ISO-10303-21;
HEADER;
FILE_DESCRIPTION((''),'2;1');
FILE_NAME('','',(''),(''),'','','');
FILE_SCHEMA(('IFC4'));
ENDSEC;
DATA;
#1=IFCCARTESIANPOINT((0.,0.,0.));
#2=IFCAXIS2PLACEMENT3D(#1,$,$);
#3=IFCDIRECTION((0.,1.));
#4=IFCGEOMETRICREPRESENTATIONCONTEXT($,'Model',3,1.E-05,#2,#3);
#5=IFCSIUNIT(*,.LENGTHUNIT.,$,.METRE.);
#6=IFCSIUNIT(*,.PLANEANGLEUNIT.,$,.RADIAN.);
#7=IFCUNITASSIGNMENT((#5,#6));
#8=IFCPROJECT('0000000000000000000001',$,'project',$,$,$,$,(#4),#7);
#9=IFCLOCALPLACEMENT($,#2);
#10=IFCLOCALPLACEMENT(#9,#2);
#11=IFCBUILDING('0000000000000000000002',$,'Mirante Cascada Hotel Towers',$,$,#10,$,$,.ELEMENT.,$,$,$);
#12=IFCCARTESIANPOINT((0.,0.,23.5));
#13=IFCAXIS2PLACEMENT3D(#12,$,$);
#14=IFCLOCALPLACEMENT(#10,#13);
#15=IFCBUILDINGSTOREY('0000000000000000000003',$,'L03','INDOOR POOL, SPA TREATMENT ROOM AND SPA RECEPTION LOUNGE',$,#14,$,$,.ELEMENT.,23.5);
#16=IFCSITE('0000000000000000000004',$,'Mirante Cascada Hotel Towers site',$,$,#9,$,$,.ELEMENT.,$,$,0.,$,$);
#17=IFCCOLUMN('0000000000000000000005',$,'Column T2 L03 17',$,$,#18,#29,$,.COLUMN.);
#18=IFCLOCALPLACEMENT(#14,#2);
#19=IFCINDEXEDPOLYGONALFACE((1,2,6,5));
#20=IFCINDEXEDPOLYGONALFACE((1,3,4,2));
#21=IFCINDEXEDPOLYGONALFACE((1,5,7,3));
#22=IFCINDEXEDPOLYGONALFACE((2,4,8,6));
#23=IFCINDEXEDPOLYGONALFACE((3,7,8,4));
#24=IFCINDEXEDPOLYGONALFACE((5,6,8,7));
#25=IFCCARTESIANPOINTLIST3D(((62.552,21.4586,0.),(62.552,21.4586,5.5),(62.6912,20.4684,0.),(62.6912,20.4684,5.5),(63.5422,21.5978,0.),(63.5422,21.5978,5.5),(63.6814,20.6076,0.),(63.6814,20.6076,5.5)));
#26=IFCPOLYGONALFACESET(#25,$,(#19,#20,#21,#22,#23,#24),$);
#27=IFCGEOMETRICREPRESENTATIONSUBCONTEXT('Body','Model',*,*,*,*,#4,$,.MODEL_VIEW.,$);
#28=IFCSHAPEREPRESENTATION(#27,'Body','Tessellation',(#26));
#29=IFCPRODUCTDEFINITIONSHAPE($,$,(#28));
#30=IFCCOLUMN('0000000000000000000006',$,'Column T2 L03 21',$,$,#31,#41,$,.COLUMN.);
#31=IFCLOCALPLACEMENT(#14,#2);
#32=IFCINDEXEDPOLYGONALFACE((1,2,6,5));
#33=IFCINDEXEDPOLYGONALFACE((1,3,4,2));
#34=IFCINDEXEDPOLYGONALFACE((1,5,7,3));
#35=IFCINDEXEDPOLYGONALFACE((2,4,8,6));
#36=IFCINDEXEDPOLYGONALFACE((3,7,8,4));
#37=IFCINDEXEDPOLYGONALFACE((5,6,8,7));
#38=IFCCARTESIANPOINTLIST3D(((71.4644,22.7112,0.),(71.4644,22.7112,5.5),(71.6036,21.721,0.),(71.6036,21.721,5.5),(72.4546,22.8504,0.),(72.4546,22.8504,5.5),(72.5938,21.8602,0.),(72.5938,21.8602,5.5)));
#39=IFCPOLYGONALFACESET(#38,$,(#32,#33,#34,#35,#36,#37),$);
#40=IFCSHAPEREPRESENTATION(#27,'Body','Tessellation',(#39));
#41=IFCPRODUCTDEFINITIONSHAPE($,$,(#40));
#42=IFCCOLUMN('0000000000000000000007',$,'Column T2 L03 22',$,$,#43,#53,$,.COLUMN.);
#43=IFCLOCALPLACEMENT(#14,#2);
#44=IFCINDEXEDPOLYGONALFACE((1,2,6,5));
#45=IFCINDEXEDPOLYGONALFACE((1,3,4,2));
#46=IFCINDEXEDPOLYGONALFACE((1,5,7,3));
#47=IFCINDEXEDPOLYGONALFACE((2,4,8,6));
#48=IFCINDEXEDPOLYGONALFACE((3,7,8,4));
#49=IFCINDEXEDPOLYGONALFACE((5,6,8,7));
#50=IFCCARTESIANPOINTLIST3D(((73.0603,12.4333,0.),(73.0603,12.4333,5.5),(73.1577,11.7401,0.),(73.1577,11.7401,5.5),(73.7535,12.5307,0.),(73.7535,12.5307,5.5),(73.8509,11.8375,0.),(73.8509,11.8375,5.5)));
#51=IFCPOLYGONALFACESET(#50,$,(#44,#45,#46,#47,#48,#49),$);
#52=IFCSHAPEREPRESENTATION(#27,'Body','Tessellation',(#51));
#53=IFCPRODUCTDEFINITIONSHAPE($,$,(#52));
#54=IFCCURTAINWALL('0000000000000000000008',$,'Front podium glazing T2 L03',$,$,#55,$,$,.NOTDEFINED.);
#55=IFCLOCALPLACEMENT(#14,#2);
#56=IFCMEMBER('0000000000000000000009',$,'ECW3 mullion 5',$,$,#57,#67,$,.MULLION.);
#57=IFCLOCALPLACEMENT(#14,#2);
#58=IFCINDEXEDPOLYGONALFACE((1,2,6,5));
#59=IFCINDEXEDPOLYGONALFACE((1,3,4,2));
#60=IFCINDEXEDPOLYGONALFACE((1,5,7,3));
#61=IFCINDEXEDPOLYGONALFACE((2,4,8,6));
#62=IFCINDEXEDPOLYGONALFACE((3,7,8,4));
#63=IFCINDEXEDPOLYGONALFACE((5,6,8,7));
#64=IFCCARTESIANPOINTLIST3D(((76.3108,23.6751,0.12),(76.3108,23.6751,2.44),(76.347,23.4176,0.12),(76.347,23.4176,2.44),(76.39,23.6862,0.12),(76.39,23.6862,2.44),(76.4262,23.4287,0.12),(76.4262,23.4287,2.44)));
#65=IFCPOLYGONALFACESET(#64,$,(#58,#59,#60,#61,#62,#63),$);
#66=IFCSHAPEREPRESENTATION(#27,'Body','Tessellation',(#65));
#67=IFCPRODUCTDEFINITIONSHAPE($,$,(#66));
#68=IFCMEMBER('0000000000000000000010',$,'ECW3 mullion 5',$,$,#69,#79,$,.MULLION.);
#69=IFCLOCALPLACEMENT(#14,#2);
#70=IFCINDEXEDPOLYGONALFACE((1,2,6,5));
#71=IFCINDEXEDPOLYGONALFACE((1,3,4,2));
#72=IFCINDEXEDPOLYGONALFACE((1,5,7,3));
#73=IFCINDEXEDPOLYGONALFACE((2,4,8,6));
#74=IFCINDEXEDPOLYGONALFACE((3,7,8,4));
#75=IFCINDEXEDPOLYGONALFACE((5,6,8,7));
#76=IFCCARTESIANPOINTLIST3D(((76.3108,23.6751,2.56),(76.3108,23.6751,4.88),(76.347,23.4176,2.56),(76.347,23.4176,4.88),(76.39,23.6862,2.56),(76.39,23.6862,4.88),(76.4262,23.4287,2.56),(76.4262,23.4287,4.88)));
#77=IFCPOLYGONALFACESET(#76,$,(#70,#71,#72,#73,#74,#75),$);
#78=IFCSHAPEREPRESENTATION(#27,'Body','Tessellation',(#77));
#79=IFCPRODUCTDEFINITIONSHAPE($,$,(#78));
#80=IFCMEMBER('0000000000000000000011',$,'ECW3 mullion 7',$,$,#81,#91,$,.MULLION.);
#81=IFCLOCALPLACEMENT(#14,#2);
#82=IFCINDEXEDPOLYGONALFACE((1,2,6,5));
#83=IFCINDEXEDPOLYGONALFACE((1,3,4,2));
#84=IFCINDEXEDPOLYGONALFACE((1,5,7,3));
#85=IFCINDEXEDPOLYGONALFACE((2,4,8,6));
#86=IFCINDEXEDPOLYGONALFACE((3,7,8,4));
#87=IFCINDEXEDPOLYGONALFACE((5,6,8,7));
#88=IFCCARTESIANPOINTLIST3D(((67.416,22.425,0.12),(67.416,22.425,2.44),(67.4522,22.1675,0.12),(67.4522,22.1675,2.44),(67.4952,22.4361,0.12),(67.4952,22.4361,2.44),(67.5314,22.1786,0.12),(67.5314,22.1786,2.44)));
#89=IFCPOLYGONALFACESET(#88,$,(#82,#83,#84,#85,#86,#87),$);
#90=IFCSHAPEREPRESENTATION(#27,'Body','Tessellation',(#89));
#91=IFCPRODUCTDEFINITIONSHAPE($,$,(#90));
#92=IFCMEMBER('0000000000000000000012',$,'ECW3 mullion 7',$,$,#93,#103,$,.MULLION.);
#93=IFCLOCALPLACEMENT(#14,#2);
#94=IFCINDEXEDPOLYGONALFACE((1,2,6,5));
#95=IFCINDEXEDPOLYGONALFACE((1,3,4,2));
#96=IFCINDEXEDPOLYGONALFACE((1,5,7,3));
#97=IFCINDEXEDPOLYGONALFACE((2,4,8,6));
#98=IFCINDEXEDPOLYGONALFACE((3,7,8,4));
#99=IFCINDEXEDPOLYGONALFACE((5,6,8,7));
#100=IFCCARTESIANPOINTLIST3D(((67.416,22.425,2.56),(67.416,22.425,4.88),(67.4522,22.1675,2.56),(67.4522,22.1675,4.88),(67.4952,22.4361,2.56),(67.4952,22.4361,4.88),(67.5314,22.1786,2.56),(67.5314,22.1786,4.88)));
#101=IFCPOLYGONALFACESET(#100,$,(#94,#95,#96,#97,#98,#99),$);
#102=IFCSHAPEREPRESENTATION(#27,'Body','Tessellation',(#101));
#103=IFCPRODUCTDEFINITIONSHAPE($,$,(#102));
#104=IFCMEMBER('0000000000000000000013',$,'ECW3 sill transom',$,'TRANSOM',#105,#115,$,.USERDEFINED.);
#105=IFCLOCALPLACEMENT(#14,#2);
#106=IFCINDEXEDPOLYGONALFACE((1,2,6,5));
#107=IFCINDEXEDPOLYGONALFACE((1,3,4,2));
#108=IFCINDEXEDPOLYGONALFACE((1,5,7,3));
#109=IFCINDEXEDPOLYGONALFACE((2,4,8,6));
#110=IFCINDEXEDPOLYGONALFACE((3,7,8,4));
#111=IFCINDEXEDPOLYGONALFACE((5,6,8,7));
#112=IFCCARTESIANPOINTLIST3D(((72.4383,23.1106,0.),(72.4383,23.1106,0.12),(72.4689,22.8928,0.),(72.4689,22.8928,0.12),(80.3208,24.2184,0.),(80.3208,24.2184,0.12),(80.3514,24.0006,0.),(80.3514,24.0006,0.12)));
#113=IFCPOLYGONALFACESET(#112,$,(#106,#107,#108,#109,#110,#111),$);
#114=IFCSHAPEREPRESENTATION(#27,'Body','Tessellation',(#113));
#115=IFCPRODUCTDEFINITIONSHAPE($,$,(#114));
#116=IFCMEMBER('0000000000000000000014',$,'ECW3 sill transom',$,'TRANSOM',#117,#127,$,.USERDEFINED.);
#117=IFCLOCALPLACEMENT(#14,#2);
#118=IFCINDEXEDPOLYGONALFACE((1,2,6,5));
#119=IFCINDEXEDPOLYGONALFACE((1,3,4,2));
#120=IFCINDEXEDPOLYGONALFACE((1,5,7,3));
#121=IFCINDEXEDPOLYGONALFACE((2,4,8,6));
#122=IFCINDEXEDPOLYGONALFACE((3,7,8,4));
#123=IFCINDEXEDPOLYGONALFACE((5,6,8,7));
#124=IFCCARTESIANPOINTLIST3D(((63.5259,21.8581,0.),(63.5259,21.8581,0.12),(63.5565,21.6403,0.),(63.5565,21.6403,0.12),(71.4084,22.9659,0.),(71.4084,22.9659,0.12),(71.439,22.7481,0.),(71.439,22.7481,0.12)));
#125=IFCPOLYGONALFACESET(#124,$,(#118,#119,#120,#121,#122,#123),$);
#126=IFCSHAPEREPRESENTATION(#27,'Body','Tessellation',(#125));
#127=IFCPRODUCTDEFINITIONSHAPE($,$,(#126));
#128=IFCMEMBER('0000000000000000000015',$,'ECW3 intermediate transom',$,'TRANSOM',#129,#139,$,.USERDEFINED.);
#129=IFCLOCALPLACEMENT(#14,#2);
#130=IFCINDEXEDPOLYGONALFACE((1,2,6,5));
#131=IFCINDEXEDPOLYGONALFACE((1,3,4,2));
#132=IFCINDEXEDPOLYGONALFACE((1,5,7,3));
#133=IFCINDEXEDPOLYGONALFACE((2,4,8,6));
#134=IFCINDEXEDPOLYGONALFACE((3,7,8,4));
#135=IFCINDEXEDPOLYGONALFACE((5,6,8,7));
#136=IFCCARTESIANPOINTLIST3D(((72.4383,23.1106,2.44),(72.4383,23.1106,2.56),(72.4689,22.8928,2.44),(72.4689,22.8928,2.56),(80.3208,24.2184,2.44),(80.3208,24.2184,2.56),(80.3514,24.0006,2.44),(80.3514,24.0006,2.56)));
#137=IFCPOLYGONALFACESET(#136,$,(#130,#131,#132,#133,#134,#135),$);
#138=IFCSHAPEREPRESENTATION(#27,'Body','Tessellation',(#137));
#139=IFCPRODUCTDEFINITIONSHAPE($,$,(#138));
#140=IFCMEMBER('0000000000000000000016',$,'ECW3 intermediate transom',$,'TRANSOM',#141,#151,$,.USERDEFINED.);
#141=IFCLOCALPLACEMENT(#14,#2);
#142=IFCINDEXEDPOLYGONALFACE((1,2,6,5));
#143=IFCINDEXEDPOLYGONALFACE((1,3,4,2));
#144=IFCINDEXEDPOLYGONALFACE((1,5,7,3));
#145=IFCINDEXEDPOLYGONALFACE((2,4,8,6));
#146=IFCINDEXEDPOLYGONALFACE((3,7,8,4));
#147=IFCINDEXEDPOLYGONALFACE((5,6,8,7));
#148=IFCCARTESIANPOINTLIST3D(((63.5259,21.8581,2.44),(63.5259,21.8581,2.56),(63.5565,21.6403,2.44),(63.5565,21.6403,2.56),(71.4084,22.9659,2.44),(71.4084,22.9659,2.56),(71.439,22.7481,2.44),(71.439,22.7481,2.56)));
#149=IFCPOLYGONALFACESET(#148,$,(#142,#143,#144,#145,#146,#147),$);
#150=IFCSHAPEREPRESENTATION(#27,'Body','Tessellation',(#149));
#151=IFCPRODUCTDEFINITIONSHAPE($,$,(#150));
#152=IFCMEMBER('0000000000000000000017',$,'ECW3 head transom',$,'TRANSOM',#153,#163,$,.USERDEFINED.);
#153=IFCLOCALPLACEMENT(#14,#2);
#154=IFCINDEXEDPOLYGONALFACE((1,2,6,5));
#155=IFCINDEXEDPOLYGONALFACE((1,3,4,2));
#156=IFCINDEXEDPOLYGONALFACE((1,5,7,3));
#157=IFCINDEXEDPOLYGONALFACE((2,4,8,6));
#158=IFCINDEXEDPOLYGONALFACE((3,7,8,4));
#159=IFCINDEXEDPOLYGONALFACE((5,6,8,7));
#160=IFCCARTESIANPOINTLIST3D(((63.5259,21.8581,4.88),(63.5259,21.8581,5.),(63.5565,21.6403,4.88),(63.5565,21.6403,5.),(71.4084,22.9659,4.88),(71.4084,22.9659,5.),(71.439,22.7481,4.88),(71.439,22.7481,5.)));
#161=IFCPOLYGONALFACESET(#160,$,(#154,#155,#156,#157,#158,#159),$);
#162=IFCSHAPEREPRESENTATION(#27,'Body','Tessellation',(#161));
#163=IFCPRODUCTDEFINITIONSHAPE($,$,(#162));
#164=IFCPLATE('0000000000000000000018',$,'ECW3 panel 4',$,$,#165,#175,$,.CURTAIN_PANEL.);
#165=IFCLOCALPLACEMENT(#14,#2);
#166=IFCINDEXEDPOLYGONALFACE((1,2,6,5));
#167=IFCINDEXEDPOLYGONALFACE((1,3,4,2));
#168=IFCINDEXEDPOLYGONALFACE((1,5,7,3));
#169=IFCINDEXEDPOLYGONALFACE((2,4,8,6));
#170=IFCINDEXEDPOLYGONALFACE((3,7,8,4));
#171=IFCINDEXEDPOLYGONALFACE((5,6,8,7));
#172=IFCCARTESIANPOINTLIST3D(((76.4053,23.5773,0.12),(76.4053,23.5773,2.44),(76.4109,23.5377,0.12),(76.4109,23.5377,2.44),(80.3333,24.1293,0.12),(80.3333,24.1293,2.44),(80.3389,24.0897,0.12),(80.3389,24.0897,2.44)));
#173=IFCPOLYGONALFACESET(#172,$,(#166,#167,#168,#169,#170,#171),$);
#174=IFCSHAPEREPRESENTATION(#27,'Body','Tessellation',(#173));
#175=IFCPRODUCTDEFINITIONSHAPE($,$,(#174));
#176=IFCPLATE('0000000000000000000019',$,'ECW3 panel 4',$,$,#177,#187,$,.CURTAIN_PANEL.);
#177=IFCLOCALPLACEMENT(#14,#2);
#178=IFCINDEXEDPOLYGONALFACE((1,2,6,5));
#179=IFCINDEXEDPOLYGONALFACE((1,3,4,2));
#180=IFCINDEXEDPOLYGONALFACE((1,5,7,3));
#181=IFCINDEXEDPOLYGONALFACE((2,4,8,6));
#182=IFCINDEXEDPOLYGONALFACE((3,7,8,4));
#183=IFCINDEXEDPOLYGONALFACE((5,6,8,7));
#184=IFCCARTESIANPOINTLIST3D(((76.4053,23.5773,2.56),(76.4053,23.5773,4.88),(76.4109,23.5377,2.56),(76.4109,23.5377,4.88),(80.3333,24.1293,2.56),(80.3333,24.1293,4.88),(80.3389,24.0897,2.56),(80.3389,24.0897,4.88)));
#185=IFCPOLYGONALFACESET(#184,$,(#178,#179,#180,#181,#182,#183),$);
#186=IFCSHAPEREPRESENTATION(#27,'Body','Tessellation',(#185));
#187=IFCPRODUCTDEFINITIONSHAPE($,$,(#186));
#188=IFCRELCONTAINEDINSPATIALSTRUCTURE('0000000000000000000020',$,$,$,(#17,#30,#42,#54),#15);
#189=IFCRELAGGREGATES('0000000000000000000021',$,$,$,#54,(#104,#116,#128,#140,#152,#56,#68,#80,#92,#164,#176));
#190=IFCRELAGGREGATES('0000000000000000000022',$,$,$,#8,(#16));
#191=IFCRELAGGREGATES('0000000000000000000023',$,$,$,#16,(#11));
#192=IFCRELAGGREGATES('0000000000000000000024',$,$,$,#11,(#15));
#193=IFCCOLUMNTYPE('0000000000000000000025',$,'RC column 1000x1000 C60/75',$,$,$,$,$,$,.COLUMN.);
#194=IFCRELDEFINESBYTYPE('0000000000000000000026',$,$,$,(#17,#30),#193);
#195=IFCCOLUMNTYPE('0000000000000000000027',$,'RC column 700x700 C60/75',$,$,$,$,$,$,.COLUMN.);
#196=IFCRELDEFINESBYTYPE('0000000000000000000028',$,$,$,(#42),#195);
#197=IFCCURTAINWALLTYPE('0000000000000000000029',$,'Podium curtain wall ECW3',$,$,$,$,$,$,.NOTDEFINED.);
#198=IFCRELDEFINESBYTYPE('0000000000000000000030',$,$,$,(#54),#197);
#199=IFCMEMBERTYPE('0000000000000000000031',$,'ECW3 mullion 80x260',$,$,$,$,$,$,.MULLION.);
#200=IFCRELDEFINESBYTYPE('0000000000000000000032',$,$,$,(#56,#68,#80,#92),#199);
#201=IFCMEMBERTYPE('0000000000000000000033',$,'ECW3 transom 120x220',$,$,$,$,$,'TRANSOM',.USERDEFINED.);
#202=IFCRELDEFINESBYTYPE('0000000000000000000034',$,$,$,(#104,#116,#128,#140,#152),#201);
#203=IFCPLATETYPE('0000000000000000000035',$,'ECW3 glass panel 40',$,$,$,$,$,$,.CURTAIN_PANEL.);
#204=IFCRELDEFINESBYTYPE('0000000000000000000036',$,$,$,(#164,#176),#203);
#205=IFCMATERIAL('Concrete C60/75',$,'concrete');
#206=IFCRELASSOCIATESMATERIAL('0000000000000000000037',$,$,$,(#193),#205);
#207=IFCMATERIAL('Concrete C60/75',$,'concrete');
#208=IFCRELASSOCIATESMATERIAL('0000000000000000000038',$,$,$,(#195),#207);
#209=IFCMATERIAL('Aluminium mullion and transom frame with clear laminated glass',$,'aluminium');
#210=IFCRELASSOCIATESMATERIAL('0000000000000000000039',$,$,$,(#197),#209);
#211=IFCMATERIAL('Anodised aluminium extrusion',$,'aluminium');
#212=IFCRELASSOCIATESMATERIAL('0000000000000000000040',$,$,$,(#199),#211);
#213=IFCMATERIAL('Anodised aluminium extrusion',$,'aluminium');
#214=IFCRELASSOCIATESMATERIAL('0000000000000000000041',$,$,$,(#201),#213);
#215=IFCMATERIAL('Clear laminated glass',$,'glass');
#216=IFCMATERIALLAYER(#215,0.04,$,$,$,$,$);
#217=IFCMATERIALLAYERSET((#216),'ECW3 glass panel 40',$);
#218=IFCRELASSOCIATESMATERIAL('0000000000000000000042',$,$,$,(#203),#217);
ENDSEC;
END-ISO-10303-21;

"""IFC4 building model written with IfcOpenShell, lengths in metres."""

from ifc_helpers import new_model, si_unit, direction, frame, origin, origin_2d, place, context, subcontext, project, spatial, rectangle, extrude, material, layer, layer_set, material_profile, profile_set, type_object, element, aggregate, save


model = new_model("IFC4")

# Units and contexts
model_context = context("Model", 3, precision=1e-05, world=origin(), true_north=direction((0.0, 1.0)))
body_context = subcontext(model_context, "Body", "Model", "MODEL_VIEW")
ifc_project = project(units=[si_unit("LENGTHUNIT", "METRE"), si_unit("PLANEANGLEUNIT", "RADIAN")], contexts=[model_context])

# Site, building, storey
site_placement = place(None, origin())
site = spatial("IfcSite", under=ifc_project, at=site_placement, Name="Mirante Cascada Hotel Towers site", CompositionType="ELEMENT", RefElevation=0.0)
building_placement = place(site_placement, origin())
building = spatial("IfcBuilding", under=site, at=building_placement, Name="Mirante Cascada Hotel Towers", CompositionType="ELEMENT")
storey_placement = place(building_placement, frame((0.0, 0.0, 23.5)))
storey = spatial("IfcBuildingStorey", under=building, at=storey_placement, Name="L03", Description="INDOOR POOL, SPA TREATMENT ROOM AND SPA RECEPTION LOUNGE", CompositionType="ELEMENT", Elevation=23.5)

# Columns
ifc_material_1 = material(Name="Concrete C60/75", Category="concrete")
ifc_material_profile_1 = material_profile(ifc_material_1, rectangle(XDim=1.0, YDim=1.0, at=origin_2d()), Name="RC column 1000x1000 C60/75")
ifc_profile_set_1 = profile_set([ifc_material_profile_1], Name="Concrete C60/75")
column_type_1 = type_object("IfcColumnType", Name="RC column 1000x1000 C60/75", PredefinedType="COLUMN", material=ifc_profile_set_1)
for number, where, z_axis, x_axis, name in (
    (1, (63.1167, 21.0331, 0.0), (0.0, 0.0, 1.0), (0.990268, 0.139173, 0.0), "Column T2 L03 17"),
    (2, (72.0291, 22.2857, 0.0), (0.0, 0.0, 1.0), (0.990268, 0.139173, 0.0), "Column T2 L03 21"),
):
    element("IfcColumn", number, at=place(storey_placement, frame(where, z_axis=z_axis, x_axis=x_axis)), inside=storey, type_object=column_type_1, Name=name, PredefinedType="COLUMN", context=body_context, shape_type="SweptSolid", body=[
        extrude(rectangle(XDim=1.0, YDim=1.0, at=origin_2d()), origin(), (0.0, 0.0, 1.0), 5.5),
    ])
ifc_material_2 = material(Name="Concrete C60/75", Category="concrete")
ifc_material_profile_2 = material_profile(ifc_material_2, rectangle(XDim=0.7, YDim=0.7, at=origin_2d()), Name="RC column 700x700 C60/75")
ifc_profile_set_2 = profile_set([ifc_material_profile_2], Name="Concrete C60/75")
column_type_2 = type_object("IfcColumnType", Name="RC column 700x700 C60/75", PredefinedType="COLUMN", material=ifc_profile_set_2)
column_placement = place(storey_placement, frame((73.4556, 12.1354, 0.0), z_axis=(0.0, 0.0, 1.0), x_axis=(0.990268, 0.139173, 0.0)))
element("IfcColumn", 3, at=column_placement, inside=storey, type_object=column_type_2, Name="Column T2 L03 22", PredefinedType="COLUMN", context=body_context, shape_type="SweptSolid", body=[
    extrude(rectangle(XDim=0.7, YDim=0.7, at=origin_2d()), origin(), (0.0, 0.0, 1.0), 5.5),
])

# Curtain wall, members, plates
ifc_material_3 = material(Name="Aluminium mullion and transom frame with clear laminated glass", Category="aluminium")
curtain_wall_type = type_object("IfcCurtainWallType", Name="Podium curtain wall ECW3", PredefinedType="NOTDEFINED", material=ifc_material_3)
curtain_wall_placement = place(storey_placement, origin())
curtain_wall = element("IfcCurtainWall", 4, at=curtain_wall_placement, inside=storey, type_object=curtain_wall_type, Name="Front podium glazing T2 L03", PredefinedType="NOTDEFINED")
ifc_material_4 = material(Name="Anodised aluminium extrusion", Category="aluminium")
ifc_material_profile_3 = material_profile(ifc_material_4, rectangle(XDim=0.26, YDim=0.08, at=origin_2d()), Name="ECW3 MULLION 80x260")
ifc_profile_set_3 = profile_set([ifc_material_profile_3], Name="Anodised aluminium extrusion")
member_type_1 = type_object("IfcMemberType", Name="ECW3 mullion 80x260", PredefinedType="MULLION", material=ifc_profile_set_3)
member_1_placement = place(storey_placement, frame((76.3685, 23.5519, 0.12), z_axis=(0.0, 0.0, 1.0), x_axis=(0.139173, -0.990268, 0.0)))
member_1 = element("IfcMember", 5, at=member_1_placement, type_object=member_type_1, Name="ECW3 mullion 5", PredefinedType="MULLION", context=body_context, shape_type="SweptSolid", body=[
    extrude(rectangle(XDim=0.26, YDim=0.08, at=origin_2d()), origin(), (0.0, 0.0, 1.0), 2.32),
])
member_2_placement = place(storey_placement, frame((76.3685, 23.5519, 2.56), z_axis=(0.0, 0.0, 1.0), x_axis=(0.139173, -0.990268, 0.0)))
member_2 = element("IfcMember", 6, at=member_2_placement, type_object=member_type_1, Name="ECW3 mullion 5", PredefinedType="MULLION", context=body_context, shape_type="SweptSolid", body=[
    extrude(rectangle(XDim=0.26, YDim=0.08, at=origin_2d()), origin(), (0.0, 0.0, 1.0), 2.32),
])
member_3_placement = place(storey_placement, frame((67.4737, 22.3018, 0.12), z_axis=(0.0, 0.0, 1.0), x_axis=(0.139173, -0.990268, 0.0)))
member_3 = element("IfcMember", 7, at=member_3_placement, type_object=member_type_1, Name="ECW3 mullion 7", PredefinedType="MULLION", context=body_context, shape_type="SweptSolid", body=[
    extrude(rectangle(XDim=0.26, YDim=0.08, at=origin_2d()), origin(), (0.0, 0.0, 1.0), 2.32),
])
member_4_placement = place(storey_placement, frame((67.4737, 22.3018, 2.56), z_axis=(0.0, 0.0, 1.0), x_axis=(0.139173, -0.990268, 0.0)))
member_4 = element("IfcMember", 8, at=member_4_placement, type_object=member_type_1, Name="ECW3 mullion 7", PredefinedType="MULLION", context=body_context, shape_type="SweptSolid", body=[
    extrude(rectangle(XDim=0.26, YDim=0.08, at=origin_2d()), origin(), (0.0, 0.0, 1.0), 2.32),
])
ifc_material_5 = material(Name="Anodised aluminium extrusion", Category="aluminium")
ifc_material_profile_4 = material_profile(ifc_material_5, rectangle(XDim=0.22, YDim=0.12, at=origin_2d()), Name="ECW3 TRANSOM 120x220")
ifc_profile_set_4 = profile_set([ifc_material_profile_4], Name="Anodised aluminium extrusion")
member_type_2 = type_object("IfcMemberType", Name="ECW3 transom 120x220", ElementType="TRANSOM", PredefinedType="USERDEFINED", material=ifc_profile_set_4)
member_5_placement = place(storey_placement, frame((80.3361, 24.1095, 0.06), z_axis=(-0.990268, -0.139172, 0.0), x_axis=(0.139172, -0.990268, 0.0)))
member_5 = element("IfcMember", 9, at=member_5_placement, type_object=member_type_2, Name="ECW3 sill transom", ObjectType="TRANSOM", PredefinedType="USERDEFINED", context=body_context, shape_type="SweptSolid", body=[
    extrude(rectangle(XDim=0.22, YDim=0.12, at=origin_2d()), origin(), (0.0, 0.0, 1.0), 7.96),
])
member_6_placement = place(storey_placement, frame((71.4237, 22.857, 0.06), z_axis=(-0.990268, -0.139172, 0.0), x_axis=(0.139172, -0.990268, 0.0)))
member_6 = element("IfcMember", 10, at=member_6_placement, type_object=member_type_2, Name="ECW3 sill transom", ObjectType="TRANSOM", PredefinedType="USERDEFINED", context=body_context, shape_type="SweptSolid", body=[
    extrude(rectangle(XDim=0.22, YDim=0.12, at=origin_2d()), origin(), (0.0, 0.0, 1.0), 7.96),
])
member_7_placement = place(storey_placement, frame((80.3361, 24.1095, 2.5), z_axis=(-0.990268, -0.139172, 0.0), x_axis=(0.139172, -0.990268, 0.0)))
member_7 = element("IfcMember", 11, at=member_7_placement, type_object=member_type_2, Name="ECW3 intermediate transom", ObjectType="TRANSOM", PredefinedType="USERDEFINED", context=body_context, shape_type="SweptSolid", body=[
    extrude(rectangle(XDim=0.22, YDim=0.12, at=origin_2d()), origin(), (0.0, 0.0, 1.0), 7.96),
])
member_8_placement = place(storey_placement, frame((71.4237, 22.857, 2.5), z_axis=(-0.990268, -0.139172, 0.0), x_axis=(0.139172, -0.990268, 0.0)))
member_8 = element("IfcMember", 12, at=member_8_placement, type_object=member_type_2, Name="ECW3 intermediate transom", ObjectType="TRANSOM", PredefinedType="USERDEFINED", context=body_context, shape_type="SweptSolid", body=[
    extrude(rectangle(XDim=0.22, YDim=0.12, at=origin_2d()), origin(), (0.0, 0.0, 1.0), 7.96),
])
member_9_placement = place(storey_placement, frame((71.4237, 22.857, 4.94), z_axis=(-0.990268, -0.139172, 0.0), x_axis=(0.139172, -0.990268, 0.0)))
member_9 = element("IfcMember", 13, at=member_9_placement, type_object=member_type_2, Name="ECW3 head transom", ObjectType="TRANSOM", PredefinedType="USERDEFINED", context=body_context, shape_type="SweptSolid", body=[
    extrude(rectangle(XDim=0.22, YDim=0.12, at=origin_2d()), origin(), (0.0, 0.0, 1.0), 7.96),
])
ifc_material_6 = material(Name="Clear laminated glass", Category="glass")
ifc_layer_1 = layer(ifc_material_6, 0.04)
ifc_layer_set_1 = layer_set([ifc_layer_1], Name="ECW3 glass panel 40")
plate_type = type_object("IfcPlateType", Name="ECW3 glass panel 40", PredefinedType="CURTAIN_PANEL", material=ifc_layer_set_1)
plate_1_placement = place(storey_placement, frame((78.3721, 23.8335, 0.12), z_axis=(0.0, 0.0, 1.0), x_axis=(-0.990268, -0.139173, 0.0)))
plate_1 = element("IfcPlate", 14, at=plate_1_placement, type_object=plate_type, Name="ECW3 panel 4", PredefinedType="CURTAIN_PANEL", context=body_context, shape_type="SweptSolid", body=[
    extrude(rectangle(XDim=3.9666, YDim=0.04, at=origin_2d()), origin(), (0.0, 0.0, 1.0), 2.32),
])
plate_2_placement = place(storey_placement, frame((78.3721, 23.8335, 2.56), z_axis=(0.0, 0.0, 1.0), x_axis=(-0.990268, -0.139173, 0.0)))
plate_2 = element("IfcPlate", 15, at=plate_2_placement, type_object=plate_type, Name="ECW3 panel 4", PredefinedType="CURTAIN_PANEL", context=body_context, shape_type="SweptSolid", body=[
    extrude(rectangle(XDim=3.9666, YDim=0.04, at=origin_2d()), origin(), (0.0, 0.0, 1.0), 2.32),
])
aggregate(curtain_wall, [member_5, member_6, member_7, member_8, member_9, member_1, member_2, member_3, member_4, plate_1, plate_2])

save(model, "model.ifc")
